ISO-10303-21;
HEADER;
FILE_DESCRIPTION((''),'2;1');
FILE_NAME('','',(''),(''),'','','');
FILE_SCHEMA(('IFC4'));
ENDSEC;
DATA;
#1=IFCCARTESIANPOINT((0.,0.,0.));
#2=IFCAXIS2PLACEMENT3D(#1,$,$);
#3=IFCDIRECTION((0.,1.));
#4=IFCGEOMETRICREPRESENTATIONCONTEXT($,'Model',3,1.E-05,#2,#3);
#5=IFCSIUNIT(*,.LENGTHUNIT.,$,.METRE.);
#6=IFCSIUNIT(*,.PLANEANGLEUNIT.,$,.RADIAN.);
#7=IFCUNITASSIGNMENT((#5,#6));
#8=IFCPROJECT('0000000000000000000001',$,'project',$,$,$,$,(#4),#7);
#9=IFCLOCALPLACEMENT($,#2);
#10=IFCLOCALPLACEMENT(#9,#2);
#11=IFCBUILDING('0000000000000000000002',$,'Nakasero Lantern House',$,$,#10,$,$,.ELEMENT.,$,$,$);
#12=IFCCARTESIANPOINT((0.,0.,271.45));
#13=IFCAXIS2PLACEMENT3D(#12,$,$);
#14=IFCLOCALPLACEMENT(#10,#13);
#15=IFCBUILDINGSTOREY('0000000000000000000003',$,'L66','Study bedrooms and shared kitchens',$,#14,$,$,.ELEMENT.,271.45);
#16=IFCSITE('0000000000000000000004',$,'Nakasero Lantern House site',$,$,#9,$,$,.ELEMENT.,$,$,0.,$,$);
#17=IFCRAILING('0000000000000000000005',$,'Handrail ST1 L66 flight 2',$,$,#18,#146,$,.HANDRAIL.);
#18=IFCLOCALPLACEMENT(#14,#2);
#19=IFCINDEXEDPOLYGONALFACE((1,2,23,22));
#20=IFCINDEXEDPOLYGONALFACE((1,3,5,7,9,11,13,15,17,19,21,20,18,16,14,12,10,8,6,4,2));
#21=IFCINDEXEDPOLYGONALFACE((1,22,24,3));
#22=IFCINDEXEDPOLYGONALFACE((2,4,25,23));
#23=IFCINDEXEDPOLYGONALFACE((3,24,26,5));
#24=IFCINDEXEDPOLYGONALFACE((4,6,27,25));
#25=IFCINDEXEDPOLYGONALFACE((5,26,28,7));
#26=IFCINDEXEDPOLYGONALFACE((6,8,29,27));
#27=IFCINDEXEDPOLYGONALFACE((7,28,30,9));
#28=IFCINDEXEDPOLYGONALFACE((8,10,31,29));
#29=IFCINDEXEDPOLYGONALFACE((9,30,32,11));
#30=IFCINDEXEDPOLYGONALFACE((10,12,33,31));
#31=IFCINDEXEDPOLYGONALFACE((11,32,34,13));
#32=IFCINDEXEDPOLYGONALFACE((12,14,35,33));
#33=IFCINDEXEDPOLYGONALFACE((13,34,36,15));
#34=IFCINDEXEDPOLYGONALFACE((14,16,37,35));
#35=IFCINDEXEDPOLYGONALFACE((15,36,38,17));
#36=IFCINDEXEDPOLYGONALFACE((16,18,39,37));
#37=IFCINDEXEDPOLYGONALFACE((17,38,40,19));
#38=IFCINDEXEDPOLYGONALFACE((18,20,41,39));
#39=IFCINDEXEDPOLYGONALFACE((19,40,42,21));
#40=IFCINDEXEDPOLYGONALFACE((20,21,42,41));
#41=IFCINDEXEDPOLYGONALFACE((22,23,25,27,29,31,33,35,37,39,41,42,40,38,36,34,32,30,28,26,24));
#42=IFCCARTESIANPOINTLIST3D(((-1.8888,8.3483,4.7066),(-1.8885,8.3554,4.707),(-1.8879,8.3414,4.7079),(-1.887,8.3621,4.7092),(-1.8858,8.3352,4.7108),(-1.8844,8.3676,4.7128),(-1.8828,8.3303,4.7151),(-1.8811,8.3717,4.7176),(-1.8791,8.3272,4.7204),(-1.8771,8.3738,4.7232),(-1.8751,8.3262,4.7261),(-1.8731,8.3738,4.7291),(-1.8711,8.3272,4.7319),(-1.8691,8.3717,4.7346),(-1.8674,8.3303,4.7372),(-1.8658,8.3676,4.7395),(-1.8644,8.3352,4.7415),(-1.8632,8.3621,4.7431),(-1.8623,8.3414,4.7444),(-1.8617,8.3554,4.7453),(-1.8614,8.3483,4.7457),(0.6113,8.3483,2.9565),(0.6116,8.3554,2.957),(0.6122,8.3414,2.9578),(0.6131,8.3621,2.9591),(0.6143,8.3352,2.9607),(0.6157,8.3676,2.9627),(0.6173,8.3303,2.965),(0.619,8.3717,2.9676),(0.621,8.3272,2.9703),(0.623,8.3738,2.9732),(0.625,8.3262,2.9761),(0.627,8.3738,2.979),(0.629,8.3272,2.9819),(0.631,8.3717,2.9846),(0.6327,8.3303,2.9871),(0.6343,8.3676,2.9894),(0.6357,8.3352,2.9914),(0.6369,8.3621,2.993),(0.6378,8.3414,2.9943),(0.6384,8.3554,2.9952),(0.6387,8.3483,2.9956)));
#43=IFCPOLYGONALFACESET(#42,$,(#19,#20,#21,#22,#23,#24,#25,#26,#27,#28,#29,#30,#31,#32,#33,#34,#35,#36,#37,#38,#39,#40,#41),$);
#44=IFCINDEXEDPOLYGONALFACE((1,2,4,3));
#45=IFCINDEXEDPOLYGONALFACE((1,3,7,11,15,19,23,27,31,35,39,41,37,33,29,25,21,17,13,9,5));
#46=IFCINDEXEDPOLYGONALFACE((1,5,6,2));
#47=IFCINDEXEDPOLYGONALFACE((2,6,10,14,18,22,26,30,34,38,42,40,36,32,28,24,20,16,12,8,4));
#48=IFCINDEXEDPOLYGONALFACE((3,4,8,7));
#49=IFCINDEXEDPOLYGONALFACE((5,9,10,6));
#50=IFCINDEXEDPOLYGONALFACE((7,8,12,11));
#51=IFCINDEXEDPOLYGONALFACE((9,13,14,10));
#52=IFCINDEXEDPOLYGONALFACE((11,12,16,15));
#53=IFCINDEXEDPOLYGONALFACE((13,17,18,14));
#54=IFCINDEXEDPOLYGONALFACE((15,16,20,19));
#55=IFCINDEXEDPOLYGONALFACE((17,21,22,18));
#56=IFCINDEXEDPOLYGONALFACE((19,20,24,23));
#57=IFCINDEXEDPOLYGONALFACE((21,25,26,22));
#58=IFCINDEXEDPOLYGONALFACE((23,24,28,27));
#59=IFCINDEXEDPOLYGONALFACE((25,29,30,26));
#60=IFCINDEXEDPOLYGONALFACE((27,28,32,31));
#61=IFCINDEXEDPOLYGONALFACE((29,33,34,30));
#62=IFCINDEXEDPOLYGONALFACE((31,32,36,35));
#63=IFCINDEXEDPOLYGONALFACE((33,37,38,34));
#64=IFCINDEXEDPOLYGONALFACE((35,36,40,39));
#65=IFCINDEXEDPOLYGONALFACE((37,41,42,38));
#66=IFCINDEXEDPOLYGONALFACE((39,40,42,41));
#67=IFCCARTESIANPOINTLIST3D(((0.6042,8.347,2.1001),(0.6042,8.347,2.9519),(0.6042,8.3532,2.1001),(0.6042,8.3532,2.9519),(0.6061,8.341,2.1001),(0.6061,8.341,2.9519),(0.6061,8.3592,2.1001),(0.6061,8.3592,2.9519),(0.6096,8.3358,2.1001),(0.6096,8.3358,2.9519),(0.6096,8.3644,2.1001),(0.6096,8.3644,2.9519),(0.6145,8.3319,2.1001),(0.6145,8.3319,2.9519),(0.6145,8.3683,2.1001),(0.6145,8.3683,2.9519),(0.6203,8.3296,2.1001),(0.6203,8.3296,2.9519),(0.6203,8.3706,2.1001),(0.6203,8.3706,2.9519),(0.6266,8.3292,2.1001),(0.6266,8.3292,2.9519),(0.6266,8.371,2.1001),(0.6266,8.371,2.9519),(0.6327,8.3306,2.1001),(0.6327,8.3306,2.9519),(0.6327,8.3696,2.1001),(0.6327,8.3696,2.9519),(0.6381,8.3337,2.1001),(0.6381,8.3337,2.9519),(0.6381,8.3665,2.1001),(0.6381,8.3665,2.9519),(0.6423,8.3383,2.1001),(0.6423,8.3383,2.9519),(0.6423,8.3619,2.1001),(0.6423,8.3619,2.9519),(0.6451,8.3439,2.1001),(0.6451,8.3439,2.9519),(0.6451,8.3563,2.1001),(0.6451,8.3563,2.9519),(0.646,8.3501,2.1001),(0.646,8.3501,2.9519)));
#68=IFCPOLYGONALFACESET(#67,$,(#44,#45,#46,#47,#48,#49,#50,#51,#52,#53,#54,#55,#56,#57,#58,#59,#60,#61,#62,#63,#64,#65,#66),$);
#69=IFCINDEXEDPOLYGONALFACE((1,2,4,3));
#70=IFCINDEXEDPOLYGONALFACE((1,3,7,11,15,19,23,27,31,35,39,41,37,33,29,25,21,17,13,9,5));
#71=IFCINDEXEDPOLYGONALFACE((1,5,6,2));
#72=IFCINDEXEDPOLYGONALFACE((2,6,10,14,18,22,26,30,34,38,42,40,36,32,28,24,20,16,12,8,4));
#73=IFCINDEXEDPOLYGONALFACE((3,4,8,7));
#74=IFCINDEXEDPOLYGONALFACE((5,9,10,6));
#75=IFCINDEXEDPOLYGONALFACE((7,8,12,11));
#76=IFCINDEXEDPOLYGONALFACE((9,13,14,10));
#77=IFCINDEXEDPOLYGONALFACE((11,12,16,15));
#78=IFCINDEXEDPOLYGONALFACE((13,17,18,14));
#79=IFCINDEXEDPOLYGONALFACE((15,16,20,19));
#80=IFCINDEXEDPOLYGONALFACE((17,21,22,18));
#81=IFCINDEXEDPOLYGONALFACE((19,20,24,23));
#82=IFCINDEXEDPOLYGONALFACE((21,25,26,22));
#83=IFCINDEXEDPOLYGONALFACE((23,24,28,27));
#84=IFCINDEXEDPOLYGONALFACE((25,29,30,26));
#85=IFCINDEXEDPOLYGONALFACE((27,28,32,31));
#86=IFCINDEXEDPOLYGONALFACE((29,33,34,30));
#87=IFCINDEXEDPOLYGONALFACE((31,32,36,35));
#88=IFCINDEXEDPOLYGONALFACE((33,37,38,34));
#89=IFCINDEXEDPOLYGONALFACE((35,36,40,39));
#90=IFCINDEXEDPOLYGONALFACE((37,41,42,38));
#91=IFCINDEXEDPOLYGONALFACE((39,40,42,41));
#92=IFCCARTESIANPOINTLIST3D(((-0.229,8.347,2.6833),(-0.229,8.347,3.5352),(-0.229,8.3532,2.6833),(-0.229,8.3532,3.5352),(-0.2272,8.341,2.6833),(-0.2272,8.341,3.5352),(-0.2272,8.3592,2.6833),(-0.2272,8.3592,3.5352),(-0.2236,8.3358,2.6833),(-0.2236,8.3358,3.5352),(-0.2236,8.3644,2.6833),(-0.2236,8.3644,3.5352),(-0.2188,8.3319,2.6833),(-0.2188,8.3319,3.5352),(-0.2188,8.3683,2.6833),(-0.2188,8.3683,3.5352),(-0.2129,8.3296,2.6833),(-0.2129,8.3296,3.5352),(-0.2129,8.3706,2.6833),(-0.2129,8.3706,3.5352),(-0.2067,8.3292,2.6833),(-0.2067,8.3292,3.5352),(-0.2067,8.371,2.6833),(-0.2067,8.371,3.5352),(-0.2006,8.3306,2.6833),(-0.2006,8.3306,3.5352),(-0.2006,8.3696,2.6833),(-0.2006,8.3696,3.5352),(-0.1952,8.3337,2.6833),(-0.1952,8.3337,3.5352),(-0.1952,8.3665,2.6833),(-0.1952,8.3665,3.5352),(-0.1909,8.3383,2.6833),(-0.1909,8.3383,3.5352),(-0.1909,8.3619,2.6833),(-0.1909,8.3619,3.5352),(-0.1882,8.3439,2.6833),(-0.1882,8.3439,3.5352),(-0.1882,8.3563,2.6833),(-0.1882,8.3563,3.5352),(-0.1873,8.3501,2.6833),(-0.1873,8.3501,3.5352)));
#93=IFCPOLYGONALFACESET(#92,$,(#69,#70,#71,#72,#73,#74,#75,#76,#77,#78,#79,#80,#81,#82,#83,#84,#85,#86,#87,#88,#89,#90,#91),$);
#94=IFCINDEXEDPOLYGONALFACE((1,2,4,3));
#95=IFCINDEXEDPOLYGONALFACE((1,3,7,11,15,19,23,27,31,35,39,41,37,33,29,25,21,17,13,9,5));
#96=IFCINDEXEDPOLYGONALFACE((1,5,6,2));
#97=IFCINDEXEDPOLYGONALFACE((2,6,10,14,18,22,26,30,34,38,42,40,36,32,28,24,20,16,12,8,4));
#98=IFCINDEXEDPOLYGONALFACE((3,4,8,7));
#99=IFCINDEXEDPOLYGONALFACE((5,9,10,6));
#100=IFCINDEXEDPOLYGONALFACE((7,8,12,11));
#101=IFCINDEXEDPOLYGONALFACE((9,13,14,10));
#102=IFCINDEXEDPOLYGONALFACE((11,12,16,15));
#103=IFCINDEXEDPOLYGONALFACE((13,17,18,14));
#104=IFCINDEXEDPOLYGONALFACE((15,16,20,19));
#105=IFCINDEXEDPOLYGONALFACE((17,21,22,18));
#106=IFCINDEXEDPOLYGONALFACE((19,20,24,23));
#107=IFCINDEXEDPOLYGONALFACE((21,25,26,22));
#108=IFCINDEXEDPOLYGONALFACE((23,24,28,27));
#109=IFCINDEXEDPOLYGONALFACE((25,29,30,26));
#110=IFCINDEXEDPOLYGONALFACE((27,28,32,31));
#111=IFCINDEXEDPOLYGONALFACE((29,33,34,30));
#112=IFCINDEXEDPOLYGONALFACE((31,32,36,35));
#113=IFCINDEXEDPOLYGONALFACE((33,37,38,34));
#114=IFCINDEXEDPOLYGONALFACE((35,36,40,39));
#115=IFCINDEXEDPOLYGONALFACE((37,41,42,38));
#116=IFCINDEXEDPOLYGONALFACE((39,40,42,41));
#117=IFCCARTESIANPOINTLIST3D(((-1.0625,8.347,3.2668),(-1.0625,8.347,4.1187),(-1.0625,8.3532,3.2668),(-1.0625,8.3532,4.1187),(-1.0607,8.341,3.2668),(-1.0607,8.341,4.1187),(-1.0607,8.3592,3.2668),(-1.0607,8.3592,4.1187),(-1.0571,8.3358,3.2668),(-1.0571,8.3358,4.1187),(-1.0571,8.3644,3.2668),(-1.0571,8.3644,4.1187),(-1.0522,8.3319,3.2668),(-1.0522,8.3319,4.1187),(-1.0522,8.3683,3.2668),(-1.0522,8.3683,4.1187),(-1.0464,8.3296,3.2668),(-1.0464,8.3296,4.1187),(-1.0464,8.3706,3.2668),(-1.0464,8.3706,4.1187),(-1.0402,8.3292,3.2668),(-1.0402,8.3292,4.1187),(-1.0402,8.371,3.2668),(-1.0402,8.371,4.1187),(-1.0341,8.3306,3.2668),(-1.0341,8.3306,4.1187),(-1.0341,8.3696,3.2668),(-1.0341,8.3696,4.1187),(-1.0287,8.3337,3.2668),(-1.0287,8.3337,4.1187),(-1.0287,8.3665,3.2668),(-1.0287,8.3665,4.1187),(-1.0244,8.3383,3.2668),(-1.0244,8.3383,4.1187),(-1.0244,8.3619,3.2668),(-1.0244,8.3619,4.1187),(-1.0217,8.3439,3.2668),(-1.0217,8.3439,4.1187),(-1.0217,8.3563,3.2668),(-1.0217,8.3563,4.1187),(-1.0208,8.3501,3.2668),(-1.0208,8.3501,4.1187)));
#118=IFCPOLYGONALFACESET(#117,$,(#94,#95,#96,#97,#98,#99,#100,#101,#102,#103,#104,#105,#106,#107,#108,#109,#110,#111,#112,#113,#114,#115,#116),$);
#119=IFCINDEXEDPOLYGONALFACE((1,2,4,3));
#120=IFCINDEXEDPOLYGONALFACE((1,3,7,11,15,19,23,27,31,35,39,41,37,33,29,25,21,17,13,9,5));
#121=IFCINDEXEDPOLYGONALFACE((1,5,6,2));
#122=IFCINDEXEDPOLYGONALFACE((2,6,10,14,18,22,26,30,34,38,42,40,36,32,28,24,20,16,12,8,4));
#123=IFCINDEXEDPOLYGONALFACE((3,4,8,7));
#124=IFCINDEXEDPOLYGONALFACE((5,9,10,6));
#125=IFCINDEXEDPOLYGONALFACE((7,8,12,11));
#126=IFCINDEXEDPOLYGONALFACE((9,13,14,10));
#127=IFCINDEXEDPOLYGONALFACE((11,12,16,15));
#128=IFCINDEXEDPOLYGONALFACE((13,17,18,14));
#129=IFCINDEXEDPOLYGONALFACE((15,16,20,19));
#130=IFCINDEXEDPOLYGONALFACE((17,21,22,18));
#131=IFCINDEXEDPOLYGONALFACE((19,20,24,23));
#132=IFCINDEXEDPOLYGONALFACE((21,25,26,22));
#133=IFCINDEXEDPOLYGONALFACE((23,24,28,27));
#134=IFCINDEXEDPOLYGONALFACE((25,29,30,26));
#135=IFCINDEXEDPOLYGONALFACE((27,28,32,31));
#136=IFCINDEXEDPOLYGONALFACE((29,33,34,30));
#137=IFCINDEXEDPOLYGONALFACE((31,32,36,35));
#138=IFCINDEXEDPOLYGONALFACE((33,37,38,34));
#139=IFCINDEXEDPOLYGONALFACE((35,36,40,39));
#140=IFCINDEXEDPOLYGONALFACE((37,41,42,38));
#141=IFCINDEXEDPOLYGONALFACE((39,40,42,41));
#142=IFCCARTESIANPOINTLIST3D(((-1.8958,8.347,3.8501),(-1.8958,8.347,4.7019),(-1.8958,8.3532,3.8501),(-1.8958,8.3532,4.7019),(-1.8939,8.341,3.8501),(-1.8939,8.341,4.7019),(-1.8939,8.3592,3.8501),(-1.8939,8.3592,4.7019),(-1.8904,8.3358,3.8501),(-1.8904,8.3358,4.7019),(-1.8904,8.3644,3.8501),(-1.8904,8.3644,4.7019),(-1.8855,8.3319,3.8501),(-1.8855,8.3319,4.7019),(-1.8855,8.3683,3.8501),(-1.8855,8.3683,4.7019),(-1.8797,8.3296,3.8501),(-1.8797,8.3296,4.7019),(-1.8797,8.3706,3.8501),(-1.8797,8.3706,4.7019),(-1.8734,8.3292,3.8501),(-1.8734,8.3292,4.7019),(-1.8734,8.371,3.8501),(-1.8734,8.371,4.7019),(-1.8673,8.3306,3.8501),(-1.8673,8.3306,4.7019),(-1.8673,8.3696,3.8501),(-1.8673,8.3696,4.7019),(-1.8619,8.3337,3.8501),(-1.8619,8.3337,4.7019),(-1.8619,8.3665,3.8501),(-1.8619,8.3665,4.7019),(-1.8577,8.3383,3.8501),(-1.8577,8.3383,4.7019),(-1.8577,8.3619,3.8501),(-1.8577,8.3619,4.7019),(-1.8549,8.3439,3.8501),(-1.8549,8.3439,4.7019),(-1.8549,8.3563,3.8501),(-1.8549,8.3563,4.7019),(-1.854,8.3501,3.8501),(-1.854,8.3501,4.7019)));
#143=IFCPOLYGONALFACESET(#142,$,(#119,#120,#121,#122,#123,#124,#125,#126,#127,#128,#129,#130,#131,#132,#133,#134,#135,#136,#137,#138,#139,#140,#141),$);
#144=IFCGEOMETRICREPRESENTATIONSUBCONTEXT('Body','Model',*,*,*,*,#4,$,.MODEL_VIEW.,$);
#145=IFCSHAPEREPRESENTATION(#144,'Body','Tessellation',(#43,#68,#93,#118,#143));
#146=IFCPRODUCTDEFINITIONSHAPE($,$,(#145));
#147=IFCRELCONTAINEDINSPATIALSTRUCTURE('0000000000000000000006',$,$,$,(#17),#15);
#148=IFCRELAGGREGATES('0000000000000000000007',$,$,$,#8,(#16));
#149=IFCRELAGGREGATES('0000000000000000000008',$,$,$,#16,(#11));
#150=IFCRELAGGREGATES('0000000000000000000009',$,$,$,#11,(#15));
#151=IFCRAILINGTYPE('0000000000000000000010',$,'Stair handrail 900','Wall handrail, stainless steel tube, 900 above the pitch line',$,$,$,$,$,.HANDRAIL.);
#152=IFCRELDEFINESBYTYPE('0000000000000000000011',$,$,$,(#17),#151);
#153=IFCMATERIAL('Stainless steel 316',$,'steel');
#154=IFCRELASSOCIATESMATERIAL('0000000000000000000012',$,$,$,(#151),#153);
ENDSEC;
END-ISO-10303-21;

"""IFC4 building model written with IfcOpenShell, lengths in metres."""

from ifc_helpers import new_model, si_unit, direction, frame, origin, origin_2d, place, context, subcontext, project, spatial, circle, extrude, material, type_object, element, save


model = new_model("IFC4")

# Units and contexts
model_context = context("Model", 3, precision=1e-05, world=origin(), true_north=direction((0.0, 1.0)))
body_context = subcontext(model_context, "Body", "Model", "MODEL_VIEW")
ifc_project = project(units=[si_unit("LENGTHUNIT", "METRE"), si_unit("PLANEANGLEUNIT", "RADIAN")], contexts=[model_context])

# Site, building, storey
site_placement = place(None, origin())
site = spatial("IfcSite", under=ifc_project, at=site_placement, Name="Nakasero Lantern House site", CompositionType="ELEMENT", RefElevation=0.0)
building_placement = place(site_placement, origin())
building = spatial("IfcBuilding", under=site, at=building_placement, Name="Nakasero Lantern House", CompositionType="ELEMENT")
storey_placement = place(building_placement, frame((0.0, 0.0, 271.45)))
storey = spatial("IfcBuildingStorey", under=building, at=storey_placement, Name="L66", Description="Study bedrooms and shared kitchens", CompositionType="ELEMENT", Elevation=271.45)

# Railing
ifc_material_1 = material(Name="Stainless steel 316", Category="steel")
railing_type = type_object("IfcRailingType", Name="Stair handrail 900", Description="Wall handrail, stainless steel tube, 900 above the pitch line", PredefinedType="HANDRAIL", material=ifc_material_1)
railing_placement = place(storey_placement, frame((0.625, 8.3501, 2.1001)))
element("IfcRailing", 1, at=railing_placement, inside=storey, type_object=railing_type, Name="Handrail ST1 L66 flight 2", PredefinedType="HANDRAIL", context=body_context, shape_type="SweptSolid", body=[
    extrude(circle(Radius=0.0239, at=origin_2d()), frame((0.0, 0.0, 0.876), z_axis=(-0.819232, 0.0, 0.573462), x_axis=(0.0, -1.0, 0.0)), (0.0, 0.0, 1.0), 3.0518),
    extrude(circle(Radius=0.021, at=origin_2d()), origin(), (0.0, 0.0, 1.0), 0.8518),
    extrude(circle(Radius=0.021, at=origin_2d()), frame((-0.8333, 0.0, 0.5833)), (0.0, 0.0, 1.0), 0.8518),
    extrude(circle(Radius=0.021, at=origin_2d()), frame((-1.6667, 0.0, 1.1667)), (0.0, 0.0, 1.0), 0.8518),
    extrude(circle(Radius=0.021, at=origin_2d()), frame((-2.5, 0.0, 1.75)), (0.0, 0.0, 1.0), 0.8518),
])

save(model, "model.ifc")
